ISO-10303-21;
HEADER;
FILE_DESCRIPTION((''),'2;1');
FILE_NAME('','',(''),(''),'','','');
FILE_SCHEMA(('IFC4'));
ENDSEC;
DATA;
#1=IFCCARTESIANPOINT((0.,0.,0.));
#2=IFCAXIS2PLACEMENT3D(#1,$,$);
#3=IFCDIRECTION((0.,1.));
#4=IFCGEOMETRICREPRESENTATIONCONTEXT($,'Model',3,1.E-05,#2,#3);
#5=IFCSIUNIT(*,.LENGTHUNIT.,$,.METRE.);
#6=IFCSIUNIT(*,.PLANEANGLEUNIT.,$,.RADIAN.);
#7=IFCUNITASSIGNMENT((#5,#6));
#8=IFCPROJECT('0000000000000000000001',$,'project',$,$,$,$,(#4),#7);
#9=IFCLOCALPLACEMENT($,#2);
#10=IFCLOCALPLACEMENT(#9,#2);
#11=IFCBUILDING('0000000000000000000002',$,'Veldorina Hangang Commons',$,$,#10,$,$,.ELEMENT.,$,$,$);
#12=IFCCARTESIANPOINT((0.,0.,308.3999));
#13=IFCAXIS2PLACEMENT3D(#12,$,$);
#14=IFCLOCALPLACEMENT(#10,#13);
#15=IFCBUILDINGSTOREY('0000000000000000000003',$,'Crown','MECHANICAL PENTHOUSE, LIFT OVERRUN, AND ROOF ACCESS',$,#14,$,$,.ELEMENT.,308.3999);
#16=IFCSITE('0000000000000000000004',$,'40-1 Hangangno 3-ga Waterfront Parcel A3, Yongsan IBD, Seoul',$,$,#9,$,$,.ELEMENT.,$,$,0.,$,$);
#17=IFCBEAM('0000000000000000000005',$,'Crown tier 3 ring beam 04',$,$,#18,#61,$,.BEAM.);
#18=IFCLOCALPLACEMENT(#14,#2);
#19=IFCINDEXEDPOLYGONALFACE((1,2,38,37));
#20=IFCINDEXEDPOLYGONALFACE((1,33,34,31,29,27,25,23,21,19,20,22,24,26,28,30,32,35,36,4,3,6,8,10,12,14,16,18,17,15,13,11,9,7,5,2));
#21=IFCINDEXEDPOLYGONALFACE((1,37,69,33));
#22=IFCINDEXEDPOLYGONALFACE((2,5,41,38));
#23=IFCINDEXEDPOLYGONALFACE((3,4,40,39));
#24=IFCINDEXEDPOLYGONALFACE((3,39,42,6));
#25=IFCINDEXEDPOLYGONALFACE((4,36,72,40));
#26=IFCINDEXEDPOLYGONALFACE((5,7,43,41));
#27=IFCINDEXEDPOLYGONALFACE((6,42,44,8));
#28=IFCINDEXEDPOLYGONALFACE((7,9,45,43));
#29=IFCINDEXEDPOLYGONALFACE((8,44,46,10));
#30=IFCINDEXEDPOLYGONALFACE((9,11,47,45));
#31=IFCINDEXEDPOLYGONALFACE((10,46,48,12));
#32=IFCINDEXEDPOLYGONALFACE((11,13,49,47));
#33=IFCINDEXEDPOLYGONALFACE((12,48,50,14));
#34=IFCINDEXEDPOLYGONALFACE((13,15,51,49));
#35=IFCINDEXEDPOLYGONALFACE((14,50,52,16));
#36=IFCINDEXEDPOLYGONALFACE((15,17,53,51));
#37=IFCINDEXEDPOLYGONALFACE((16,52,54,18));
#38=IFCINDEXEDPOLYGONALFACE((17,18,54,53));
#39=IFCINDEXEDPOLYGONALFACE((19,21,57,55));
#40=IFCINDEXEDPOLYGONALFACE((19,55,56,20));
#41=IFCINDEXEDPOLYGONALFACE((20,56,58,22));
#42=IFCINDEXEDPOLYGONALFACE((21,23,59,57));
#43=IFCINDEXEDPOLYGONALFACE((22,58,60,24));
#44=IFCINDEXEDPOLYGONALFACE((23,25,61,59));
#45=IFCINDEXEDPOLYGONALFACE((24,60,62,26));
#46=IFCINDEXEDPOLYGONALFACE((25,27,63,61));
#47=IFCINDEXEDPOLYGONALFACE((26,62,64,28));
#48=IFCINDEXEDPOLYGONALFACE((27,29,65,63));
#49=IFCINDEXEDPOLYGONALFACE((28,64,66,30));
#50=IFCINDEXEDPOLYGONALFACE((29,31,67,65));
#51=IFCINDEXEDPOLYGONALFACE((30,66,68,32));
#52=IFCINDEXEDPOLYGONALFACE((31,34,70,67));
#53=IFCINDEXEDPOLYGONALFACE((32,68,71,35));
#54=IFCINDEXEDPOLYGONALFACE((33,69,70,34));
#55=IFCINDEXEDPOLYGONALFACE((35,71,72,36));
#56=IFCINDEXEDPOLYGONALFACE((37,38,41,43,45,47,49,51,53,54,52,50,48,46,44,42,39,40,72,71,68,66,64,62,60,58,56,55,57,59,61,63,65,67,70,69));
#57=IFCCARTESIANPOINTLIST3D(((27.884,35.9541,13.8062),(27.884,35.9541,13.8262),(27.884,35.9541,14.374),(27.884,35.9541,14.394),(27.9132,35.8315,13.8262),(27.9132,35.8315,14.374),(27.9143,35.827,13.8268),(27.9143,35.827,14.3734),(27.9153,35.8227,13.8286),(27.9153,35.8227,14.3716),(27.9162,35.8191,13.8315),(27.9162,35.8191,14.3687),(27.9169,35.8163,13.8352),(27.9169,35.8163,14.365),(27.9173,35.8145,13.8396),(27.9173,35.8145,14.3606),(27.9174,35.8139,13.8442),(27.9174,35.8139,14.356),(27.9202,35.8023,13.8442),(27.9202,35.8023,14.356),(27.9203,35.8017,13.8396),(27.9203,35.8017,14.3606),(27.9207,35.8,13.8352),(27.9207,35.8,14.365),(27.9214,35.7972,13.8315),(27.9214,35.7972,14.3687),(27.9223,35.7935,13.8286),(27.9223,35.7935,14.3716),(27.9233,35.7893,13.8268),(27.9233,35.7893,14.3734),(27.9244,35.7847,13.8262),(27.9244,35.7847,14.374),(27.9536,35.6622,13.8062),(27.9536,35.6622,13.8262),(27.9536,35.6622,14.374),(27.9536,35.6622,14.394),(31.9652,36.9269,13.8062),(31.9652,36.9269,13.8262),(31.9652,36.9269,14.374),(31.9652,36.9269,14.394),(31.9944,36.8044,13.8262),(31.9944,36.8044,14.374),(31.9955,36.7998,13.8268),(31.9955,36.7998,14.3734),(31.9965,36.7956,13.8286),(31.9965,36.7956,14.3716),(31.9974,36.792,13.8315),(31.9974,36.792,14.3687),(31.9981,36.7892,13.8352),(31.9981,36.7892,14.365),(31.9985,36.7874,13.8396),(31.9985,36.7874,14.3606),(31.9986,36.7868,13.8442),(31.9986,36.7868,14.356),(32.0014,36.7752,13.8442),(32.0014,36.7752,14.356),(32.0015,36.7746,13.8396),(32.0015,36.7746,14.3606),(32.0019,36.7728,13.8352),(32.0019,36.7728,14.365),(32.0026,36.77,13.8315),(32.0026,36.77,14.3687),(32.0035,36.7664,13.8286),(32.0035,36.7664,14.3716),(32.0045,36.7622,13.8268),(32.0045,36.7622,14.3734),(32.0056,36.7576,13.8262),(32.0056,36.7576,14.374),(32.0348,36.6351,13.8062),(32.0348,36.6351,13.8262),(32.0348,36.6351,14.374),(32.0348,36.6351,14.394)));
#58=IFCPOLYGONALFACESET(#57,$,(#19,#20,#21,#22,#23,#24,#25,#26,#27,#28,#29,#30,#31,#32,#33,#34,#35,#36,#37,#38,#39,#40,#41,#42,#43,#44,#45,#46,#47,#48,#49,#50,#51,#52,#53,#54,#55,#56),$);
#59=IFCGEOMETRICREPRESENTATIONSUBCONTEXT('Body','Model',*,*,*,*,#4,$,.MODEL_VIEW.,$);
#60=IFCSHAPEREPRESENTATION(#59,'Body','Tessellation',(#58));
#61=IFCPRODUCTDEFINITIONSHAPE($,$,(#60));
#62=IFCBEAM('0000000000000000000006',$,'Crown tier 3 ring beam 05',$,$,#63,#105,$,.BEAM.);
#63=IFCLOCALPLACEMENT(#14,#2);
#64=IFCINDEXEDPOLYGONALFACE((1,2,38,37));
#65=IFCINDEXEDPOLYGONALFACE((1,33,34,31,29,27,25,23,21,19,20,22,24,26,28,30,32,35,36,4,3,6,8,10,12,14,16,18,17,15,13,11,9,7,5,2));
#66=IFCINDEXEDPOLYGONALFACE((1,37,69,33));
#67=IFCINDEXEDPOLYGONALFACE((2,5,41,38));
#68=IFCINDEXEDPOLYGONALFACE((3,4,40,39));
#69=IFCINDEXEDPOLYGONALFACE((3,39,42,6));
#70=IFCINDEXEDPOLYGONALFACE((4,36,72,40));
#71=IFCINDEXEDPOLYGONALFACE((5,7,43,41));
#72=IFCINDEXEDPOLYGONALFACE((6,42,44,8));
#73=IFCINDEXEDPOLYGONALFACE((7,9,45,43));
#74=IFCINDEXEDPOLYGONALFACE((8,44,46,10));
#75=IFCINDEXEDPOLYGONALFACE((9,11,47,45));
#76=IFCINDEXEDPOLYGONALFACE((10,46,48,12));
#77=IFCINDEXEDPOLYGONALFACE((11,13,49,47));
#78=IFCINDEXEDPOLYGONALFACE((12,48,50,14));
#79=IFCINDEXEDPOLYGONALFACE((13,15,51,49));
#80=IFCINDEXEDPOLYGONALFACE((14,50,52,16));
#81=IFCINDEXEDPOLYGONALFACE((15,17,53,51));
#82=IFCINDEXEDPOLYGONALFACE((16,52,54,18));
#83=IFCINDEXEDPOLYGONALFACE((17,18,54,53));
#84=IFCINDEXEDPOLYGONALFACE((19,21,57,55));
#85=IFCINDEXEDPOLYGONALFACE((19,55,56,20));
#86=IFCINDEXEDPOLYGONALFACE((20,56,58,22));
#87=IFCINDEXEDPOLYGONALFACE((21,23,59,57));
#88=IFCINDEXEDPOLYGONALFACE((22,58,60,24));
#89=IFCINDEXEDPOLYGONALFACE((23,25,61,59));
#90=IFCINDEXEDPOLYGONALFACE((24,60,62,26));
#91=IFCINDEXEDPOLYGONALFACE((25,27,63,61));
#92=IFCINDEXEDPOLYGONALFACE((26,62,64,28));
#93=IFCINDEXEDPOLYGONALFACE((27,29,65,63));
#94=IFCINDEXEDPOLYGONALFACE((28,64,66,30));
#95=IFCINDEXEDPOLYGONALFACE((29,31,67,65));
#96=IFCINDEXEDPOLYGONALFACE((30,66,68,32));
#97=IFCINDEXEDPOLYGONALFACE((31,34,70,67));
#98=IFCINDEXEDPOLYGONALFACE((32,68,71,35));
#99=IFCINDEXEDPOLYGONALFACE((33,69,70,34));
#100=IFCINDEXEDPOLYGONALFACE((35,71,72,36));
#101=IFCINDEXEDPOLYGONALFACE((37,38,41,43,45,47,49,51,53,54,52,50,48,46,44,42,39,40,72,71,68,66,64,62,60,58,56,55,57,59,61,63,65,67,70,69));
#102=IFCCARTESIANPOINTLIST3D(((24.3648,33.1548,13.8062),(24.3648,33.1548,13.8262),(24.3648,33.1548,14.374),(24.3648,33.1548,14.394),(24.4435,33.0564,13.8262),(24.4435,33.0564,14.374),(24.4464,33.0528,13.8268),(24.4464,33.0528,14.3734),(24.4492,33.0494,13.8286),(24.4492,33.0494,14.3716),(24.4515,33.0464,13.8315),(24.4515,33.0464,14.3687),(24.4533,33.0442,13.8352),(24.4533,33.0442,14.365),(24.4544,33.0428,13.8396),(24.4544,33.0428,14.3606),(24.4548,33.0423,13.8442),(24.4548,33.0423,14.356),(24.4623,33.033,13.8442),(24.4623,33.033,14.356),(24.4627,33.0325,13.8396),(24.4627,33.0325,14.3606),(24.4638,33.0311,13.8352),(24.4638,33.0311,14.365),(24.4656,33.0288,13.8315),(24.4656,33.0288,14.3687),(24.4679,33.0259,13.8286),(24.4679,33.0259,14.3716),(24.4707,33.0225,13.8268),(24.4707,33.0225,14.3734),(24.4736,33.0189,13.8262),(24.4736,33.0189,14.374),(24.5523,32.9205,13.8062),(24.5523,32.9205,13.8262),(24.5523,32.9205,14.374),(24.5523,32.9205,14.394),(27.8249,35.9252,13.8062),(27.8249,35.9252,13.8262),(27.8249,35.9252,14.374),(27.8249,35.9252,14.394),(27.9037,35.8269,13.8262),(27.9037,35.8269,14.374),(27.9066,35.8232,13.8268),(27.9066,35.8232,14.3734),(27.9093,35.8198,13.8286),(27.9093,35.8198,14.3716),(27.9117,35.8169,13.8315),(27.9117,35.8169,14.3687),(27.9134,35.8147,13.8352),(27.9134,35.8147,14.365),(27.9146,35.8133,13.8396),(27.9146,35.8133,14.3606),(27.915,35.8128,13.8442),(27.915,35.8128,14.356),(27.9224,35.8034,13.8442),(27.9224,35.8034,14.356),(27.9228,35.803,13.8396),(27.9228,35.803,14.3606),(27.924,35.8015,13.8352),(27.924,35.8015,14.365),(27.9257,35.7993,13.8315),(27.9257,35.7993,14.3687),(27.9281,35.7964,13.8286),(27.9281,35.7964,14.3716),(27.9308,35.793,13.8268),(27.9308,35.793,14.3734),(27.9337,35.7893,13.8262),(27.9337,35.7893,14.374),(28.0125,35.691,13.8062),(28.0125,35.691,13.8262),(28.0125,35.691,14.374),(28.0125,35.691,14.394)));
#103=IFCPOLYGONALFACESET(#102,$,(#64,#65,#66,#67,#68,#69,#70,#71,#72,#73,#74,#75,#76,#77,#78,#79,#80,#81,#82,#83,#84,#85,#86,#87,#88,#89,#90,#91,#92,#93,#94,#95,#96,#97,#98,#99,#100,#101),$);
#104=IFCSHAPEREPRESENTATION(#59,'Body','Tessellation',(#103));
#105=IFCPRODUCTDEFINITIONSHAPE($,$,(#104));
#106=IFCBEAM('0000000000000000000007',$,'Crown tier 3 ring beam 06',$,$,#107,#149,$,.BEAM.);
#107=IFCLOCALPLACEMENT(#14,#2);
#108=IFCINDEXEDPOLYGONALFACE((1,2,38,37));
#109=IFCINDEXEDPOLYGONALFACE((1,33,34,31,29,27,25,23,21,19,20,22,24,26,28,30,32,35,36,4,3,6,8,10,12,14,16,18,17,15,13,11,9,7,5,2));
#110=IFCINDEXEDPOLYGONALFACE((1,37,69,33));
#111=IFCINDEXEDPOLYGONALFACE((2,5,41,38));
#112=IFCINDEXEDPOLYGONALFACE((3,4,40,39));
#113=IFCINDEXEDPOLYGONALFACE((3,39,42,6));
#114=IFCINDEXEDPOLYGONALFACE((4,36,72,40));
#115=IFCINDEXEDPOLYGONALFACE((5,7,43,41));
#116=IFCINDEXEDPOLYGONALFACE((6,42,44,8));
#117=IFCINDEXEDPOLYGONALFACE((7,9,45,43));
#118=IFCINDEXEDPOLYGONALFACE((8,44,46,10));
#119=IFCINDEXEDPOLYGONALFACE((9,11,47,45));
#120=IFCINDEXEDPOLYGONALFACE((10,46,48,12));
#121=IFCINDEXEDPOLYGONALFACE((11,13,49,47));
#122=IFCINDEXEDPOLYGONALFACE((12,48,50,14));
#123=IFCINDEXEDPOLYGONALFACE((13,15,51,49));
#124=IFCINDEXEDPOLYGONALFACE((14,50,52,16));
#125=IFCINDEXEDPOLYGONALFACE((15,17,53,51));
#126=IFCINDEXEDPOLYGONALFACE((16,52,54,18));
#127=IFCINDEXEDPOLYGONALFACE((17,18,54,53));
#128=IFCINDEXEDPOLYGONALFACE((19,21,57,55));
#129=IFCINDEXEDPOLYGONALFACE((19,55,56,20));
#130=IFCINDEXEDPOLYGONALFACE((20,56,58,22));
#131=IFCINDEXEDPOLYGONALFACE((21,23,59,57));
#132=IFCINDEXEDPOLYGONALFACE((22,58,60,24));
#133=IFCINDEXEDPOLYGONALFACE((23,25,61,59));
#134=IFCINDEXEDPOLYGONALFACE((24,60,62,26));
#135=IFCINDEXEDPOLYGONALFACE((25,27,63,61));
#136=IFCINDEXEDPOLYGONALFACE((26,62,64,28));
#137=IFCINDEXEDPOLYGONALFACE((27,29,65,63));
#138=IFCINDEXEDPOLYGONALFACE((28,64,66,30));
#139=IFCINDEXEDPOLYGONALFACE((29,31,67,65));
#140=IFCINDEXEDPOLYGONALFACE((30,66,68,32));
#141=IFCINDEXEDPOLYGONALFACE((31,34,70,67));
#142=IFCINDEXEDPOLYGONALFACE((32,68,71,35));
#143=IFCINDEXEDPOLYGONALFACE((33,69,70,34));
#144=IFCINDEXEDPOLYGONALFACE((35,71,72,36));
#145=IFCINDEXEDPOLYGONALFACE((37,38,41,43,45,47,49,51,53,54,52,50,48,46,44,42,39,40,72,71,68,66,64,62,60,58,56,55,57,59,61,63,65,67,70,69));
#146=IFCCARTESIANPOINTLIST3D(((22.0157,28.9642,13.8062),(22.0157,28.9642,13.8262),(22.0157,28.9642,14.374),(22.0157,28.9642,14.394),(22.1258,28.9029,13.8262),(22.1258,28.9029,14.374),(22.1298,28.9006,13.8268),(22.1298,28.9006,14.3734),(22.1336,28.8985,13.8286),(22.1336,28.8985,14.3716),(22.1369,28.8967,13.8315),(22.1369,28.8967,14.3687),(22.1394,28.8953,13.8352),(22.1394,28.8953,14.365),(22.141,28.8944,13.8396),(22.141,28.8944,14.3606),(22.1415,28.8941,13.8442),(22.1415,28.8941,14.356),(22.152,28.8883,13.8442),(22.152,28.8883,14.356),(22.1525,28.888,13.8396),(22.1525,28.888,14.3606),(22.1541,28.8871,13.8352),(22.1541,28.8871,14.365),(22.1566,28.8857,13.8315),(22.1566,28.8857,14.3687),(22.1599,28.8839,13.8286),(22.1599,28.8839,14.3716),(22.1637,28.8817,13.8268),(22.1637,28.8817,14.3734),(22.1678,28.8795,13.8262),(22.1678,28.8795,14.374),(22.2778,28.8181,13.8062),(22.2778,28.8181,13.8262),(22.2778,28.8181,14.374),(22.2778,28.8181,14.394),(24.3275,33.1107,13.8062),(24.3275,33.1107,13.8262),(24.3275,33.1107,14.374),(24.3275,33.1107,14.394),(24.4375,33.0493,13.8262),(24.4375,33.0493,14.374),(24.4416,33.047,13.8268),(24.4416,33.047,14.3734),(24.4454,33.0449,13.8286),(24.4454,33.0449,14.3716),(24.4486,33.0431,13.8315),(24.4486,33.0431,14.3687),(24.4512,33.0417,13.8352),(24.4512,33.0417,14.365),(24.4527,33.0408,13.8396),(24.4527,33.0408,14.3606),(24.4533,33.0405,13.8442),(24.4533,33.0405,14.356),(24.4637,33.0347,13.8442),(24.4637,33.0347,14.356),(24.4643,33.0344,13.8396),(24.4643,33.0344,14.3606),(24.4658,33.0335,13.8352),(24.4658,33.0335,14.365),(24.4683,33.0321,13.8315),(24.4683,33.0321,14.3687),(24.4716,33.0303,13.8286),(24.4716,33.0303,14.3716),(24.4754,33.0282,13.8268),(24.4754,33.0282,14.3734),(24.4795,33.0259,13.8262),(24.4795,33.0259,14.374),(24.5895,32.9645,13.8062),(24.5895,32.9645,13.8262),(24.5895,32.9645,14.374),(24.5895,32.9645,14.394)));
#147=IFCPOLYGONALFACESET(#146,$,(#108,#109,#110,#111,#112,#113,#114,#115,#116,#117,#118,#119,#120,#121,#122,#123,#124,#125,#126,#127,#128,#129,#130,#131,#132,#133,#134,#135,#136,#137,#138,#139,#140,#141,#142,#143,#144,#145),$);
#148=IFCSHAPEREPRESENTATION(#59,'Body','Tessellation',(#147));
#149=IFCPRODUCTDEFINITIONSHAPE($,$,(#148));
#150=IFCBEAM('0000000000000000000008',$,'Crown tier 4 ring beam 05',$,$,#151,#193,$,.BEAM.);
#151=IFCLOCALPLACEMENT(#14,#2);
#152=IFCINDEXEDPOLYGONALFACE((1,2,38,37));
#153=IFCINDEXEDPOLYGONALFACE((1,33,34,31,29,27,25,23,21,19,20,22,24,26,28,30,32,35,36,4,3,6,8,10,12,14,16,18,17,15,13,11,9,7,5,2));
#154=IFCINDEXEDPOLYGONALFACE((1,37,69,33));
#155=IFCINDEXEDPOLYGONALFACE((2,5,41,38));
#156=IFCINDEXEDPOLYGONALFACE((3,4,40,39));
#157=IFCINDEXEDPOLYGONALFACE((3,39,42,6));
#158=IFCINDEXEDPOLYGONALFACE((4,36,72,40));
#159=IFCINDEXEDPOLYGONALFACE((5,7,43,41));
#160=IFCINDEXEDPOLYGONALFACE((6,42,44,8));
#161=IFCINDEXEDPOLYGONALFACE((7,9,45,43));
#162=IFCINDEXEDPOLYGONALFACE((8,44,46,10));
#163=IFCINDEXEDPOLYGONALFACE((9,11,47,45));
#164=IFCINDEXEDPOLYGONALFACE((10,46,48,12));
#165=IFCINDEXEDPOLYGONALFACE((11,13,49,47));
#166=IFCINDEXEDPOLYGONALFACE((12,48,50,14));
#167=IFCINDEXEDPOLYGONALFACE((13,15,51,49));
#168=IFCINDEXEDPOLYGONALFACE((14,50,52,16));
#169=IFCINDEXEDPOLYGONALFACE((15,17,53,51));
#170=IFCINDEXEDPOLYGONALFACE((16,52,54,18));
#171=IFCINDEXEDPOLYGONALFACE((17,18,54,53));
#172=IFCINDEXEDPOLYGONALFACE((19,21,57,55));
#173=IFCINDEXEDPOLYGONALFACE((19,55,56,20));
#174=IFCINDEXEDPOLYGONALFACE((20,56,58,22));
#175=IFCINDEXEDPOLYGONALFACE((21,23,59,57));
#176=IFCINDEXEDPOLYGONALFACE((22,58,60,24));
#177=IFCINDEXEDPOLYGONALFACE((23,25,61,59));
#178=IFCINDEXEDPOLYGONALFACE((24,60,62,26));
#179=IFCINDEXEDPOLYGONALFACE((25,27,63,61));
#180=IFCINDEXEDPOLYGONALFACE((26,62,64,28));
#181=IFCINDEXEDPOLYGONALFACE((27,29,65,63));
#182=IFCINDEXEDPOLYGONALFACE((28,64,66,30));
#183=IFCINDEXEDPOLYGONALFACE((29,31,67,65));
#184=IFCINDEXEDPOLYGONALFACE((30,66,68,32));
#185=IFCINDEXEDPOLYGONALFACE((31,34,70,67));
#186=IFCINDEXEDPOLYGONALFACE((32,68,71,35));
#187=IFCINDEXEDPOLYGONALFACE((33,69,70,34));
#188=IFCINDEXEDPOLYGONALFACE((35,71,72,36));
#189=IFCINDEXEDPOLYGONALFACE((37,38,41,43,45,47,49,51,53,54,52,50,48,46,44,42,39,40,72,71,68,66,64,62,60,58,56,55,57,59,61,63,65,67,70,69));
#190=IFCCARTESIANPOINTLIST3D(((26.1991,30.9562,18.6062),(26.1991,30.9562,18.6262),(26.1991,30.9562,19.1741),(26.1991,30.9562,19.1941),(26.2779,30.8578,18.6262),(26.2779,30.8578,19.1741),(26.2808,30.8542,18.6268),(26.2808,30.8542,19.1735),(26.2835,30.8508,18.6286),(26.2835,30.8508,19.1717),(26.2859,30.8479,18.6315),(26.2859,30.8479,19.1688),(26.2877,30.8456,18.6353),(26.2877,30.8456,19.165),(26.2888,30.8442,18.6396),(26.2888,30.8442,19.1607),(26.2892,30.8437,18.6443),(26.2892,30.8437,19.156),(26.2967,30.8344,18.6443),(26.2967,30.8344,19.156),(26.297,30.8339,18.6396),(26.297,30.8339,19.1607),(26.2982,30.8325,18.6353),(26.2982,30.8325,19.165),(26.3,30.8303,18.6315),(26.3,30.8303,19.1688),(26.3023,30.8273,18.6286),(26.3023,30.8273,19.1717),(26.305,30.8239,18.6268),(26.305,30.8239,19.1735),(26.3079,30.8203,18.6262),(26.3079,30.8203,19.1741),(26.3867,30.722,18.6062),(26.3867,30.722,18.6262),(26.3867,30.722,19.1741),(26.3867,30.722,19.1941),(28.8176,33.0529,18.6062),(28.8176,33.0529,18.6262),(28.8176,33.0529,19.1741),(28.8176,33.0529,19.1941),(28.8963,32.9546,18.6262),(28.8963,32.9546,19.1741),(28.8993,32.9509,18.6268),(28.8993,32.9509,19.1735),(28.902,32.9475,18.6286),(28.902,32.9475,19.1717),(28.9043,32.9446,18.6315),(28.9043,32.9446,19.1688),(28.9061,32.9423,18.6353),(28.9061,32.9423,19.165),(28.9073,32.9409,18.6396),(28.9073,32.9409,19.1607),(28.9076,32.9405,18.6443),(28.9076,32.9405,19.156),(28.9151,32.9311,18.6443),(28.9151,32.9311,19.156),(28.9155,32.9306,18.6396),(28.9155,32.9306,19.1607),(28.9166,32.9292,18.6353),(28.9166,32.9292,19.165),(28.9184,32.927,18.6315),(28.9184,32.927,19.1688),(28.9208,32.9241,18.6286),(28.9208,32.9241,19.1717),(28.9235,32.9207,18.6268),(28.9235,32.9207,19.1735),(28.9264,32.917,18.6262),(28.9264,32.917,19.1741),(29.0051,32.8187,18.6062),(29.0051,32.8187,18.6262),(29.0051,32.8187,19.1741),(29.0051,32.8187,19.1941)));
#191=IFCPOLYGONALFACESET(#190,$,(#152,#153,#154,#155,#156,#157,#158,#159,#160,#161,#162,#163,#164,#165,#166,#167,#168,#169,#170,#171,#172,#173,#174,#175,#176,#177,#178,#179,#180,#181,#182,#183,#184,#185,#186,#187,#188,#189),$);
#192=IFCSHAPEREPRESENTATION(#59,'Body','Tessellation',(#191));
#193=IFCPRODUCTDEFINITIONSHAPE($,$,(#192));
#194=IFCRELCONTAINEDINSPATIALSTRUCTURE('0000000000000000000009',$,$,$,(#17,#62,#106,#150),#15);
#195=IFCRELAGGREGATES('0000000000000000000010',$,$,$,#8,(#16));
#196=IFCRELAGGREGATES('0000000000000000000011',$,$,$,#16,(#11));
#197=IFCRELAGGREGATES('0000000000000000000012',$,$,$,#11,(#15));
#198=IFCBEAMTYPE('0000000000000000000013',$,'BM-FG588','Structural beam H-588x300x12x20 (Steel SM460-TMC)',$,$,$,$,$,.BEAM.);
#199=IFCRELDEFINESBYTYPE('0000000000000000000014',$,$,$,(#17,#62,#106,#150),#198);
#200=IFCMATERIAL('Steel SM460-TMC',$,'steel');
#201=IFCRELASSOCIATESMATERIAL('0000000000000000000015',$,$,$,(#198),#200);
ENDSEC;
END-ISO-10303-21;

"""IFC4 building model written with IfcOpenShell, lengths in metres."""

from ifc_helpers import new_model, si_unit, direction, frame, origin, origin_2d, place, context, subcontext, project, spatial, i_section, extrude, material, material_profile, profile_set, type_object, element, save


model = new_model("IFC4")

# Units and contexts
model_context = context("Model", 3, precision=1e-05, world=origin(), true_north=direction((0.0, 1.0)))
body_context = subcontext(model_context, "Body", "Model", "MODEL_VIEW")
ifc_project = project(units=[si_unit("LENGTHUNIT", "METRE"), si_unit("PLANEANGLEUNIT", "RADIAN")], contexts=[model_context])

# Site, building, storey
site_placement = place(None, origin())
site = spatial("IfcSite", under=ifc_project, at=site_placement, Name="40-1 Hangangno 3-ga Waterfront Parcel A3, Yongsan IBD, Seoul", CompositionType="ELEMENT", RefElevation=0.0)
building_placement = place(site_placement, origin())
building = spatial("IfcBuilding", under=site, at=building_placement, Name="Veldorina Hangang Commons", CompositionType="ELEMENT")
storey_placement = place(building_placement, frame((0.0, 0.0, 308.3999)))
storey = spatial("IfcBuildingStorey", under=building, at=storey_placement, Name="Crown", Description="MECHANICAL PENTHOUSE, LIFT OVERRUN, AND ROOF ACCESS", CompositionType="ELEMENT", Elevation=308.3999)

# Beams
ifc_material_1 = material(Name="Steel SM460-TMC", Category="steel")
ifc_material_profile_1 = material_profile(ifc_material_1, i_section(OverallWidth=0.3, OverallDepth=0.5879, WebThickness=0.012, FlangeThickness=0.02, FilletRadius=0.0181, at=origin_2d()), Name="H-588x300x12x20")
ifc_profile_set_1 = profile_set([ifc_material_profile_1], Name="Steel SM460-TMC")
beam_type = type_object("IfcBeamType", Name="BM-FG588", Description="Structural beam H-588x300x12x20 (Steel SM460-TMC)", PredefinedType="BEAM", material=ifc_profile_set_1)
beam_1_placement = place(storey_placement, frame((32.0, 36.781, 14.1001), z_axis=(-0.972744, -0.231883, 0.0), x_axis=(0.231883, -0.972744, 0.0)))
element("IfcBeam", 1, at=beam_1_placement, inside=storey, type_object=beam_type, Name="Crown tier 3 ring beam 04", PredefinedType="BEAM", context=body_context, shape_type="SweptSolid", body=[
    extrude(i_section(OverallWidth=0.3, OverallDepth=0.5879, WebThickness=0.012, FlangeThickness=0.02, FilletRadius=0.0181, at=origin_2d()), origin(), (0.0, 0.0, 1.0), 4.1956),
])
beam_2_placement = place(storey_placement, frame((27.9187, 35.8081, 14.1001), z_axis=(-0.780611, -0.625017, 0.0), x_axis=(0.625017, -0.780611, 0.0)))
element("IfcBeam", 2, at=beam_2_placement, inside=storey, type_object=beam_type, Name="Crown tier 3 ring beam 05", PredefinedType="BEAM", context=body_context, shape_type="SweptSolid", body=[
    extrude(i_section(OverallWidth=0.3, OverallDepth=0.5879, WebThickness=0.012, FlangeThickness=0.02, FilletRadius=0.0181, at=origin_2d()), origin(), (0.0, 0.0, 1.0), 4.4326),
])
beam_3_placement = place(storey_placement, frame((24.4585, 33.0376, 14.1001), z_axis=(-0.486957, -0.873426, 0.0), x_axis=(0.873426, -0.486957, 0.0)))
element("IfcBeam", 3, at=beam_3_placement, inside=storey, type_object=beam_type, Name="Crown tier 3 ring beam 06", PredefinedType="BEAM", context=body_context, shape_type="SweptSolid", body=[
    extrude(i_section(OverallWidth=0.3, OverallDepth=0.5879, WebThickness=0.012, FlangeThickness=0.02, FilletRadius=0.0181, at=origin_2d()), origin(), (0.0, 0.0, 1.0), 4.7473),
])
beam_4_placement = place(storey_placement, frame((28.9114, 32.9358, 18.9001), z_axis=(-0.780585, -0.62505, 0.0), x_axis=(0.62505, -0.780585, 0.0)))
element("IfcBeam", 4, at=beam_4_placement, inside=storey, type_object=beam_type, Name="Crown tier 4 ring beam 05", PredefinedType="BEAM", context=body_context, shape_type="SweptSolid", body=[
    extrude(i_section(OverallWidth=0.3, OverallDepth=0.5879, WebThickness=0.012, FlangeThickness=0.02, FilletRadius=0.0181, at=origin_2d()), origin(), (0.0, 0.0, 1.0), 3.3545),
])

save(model, "model.ifc")
